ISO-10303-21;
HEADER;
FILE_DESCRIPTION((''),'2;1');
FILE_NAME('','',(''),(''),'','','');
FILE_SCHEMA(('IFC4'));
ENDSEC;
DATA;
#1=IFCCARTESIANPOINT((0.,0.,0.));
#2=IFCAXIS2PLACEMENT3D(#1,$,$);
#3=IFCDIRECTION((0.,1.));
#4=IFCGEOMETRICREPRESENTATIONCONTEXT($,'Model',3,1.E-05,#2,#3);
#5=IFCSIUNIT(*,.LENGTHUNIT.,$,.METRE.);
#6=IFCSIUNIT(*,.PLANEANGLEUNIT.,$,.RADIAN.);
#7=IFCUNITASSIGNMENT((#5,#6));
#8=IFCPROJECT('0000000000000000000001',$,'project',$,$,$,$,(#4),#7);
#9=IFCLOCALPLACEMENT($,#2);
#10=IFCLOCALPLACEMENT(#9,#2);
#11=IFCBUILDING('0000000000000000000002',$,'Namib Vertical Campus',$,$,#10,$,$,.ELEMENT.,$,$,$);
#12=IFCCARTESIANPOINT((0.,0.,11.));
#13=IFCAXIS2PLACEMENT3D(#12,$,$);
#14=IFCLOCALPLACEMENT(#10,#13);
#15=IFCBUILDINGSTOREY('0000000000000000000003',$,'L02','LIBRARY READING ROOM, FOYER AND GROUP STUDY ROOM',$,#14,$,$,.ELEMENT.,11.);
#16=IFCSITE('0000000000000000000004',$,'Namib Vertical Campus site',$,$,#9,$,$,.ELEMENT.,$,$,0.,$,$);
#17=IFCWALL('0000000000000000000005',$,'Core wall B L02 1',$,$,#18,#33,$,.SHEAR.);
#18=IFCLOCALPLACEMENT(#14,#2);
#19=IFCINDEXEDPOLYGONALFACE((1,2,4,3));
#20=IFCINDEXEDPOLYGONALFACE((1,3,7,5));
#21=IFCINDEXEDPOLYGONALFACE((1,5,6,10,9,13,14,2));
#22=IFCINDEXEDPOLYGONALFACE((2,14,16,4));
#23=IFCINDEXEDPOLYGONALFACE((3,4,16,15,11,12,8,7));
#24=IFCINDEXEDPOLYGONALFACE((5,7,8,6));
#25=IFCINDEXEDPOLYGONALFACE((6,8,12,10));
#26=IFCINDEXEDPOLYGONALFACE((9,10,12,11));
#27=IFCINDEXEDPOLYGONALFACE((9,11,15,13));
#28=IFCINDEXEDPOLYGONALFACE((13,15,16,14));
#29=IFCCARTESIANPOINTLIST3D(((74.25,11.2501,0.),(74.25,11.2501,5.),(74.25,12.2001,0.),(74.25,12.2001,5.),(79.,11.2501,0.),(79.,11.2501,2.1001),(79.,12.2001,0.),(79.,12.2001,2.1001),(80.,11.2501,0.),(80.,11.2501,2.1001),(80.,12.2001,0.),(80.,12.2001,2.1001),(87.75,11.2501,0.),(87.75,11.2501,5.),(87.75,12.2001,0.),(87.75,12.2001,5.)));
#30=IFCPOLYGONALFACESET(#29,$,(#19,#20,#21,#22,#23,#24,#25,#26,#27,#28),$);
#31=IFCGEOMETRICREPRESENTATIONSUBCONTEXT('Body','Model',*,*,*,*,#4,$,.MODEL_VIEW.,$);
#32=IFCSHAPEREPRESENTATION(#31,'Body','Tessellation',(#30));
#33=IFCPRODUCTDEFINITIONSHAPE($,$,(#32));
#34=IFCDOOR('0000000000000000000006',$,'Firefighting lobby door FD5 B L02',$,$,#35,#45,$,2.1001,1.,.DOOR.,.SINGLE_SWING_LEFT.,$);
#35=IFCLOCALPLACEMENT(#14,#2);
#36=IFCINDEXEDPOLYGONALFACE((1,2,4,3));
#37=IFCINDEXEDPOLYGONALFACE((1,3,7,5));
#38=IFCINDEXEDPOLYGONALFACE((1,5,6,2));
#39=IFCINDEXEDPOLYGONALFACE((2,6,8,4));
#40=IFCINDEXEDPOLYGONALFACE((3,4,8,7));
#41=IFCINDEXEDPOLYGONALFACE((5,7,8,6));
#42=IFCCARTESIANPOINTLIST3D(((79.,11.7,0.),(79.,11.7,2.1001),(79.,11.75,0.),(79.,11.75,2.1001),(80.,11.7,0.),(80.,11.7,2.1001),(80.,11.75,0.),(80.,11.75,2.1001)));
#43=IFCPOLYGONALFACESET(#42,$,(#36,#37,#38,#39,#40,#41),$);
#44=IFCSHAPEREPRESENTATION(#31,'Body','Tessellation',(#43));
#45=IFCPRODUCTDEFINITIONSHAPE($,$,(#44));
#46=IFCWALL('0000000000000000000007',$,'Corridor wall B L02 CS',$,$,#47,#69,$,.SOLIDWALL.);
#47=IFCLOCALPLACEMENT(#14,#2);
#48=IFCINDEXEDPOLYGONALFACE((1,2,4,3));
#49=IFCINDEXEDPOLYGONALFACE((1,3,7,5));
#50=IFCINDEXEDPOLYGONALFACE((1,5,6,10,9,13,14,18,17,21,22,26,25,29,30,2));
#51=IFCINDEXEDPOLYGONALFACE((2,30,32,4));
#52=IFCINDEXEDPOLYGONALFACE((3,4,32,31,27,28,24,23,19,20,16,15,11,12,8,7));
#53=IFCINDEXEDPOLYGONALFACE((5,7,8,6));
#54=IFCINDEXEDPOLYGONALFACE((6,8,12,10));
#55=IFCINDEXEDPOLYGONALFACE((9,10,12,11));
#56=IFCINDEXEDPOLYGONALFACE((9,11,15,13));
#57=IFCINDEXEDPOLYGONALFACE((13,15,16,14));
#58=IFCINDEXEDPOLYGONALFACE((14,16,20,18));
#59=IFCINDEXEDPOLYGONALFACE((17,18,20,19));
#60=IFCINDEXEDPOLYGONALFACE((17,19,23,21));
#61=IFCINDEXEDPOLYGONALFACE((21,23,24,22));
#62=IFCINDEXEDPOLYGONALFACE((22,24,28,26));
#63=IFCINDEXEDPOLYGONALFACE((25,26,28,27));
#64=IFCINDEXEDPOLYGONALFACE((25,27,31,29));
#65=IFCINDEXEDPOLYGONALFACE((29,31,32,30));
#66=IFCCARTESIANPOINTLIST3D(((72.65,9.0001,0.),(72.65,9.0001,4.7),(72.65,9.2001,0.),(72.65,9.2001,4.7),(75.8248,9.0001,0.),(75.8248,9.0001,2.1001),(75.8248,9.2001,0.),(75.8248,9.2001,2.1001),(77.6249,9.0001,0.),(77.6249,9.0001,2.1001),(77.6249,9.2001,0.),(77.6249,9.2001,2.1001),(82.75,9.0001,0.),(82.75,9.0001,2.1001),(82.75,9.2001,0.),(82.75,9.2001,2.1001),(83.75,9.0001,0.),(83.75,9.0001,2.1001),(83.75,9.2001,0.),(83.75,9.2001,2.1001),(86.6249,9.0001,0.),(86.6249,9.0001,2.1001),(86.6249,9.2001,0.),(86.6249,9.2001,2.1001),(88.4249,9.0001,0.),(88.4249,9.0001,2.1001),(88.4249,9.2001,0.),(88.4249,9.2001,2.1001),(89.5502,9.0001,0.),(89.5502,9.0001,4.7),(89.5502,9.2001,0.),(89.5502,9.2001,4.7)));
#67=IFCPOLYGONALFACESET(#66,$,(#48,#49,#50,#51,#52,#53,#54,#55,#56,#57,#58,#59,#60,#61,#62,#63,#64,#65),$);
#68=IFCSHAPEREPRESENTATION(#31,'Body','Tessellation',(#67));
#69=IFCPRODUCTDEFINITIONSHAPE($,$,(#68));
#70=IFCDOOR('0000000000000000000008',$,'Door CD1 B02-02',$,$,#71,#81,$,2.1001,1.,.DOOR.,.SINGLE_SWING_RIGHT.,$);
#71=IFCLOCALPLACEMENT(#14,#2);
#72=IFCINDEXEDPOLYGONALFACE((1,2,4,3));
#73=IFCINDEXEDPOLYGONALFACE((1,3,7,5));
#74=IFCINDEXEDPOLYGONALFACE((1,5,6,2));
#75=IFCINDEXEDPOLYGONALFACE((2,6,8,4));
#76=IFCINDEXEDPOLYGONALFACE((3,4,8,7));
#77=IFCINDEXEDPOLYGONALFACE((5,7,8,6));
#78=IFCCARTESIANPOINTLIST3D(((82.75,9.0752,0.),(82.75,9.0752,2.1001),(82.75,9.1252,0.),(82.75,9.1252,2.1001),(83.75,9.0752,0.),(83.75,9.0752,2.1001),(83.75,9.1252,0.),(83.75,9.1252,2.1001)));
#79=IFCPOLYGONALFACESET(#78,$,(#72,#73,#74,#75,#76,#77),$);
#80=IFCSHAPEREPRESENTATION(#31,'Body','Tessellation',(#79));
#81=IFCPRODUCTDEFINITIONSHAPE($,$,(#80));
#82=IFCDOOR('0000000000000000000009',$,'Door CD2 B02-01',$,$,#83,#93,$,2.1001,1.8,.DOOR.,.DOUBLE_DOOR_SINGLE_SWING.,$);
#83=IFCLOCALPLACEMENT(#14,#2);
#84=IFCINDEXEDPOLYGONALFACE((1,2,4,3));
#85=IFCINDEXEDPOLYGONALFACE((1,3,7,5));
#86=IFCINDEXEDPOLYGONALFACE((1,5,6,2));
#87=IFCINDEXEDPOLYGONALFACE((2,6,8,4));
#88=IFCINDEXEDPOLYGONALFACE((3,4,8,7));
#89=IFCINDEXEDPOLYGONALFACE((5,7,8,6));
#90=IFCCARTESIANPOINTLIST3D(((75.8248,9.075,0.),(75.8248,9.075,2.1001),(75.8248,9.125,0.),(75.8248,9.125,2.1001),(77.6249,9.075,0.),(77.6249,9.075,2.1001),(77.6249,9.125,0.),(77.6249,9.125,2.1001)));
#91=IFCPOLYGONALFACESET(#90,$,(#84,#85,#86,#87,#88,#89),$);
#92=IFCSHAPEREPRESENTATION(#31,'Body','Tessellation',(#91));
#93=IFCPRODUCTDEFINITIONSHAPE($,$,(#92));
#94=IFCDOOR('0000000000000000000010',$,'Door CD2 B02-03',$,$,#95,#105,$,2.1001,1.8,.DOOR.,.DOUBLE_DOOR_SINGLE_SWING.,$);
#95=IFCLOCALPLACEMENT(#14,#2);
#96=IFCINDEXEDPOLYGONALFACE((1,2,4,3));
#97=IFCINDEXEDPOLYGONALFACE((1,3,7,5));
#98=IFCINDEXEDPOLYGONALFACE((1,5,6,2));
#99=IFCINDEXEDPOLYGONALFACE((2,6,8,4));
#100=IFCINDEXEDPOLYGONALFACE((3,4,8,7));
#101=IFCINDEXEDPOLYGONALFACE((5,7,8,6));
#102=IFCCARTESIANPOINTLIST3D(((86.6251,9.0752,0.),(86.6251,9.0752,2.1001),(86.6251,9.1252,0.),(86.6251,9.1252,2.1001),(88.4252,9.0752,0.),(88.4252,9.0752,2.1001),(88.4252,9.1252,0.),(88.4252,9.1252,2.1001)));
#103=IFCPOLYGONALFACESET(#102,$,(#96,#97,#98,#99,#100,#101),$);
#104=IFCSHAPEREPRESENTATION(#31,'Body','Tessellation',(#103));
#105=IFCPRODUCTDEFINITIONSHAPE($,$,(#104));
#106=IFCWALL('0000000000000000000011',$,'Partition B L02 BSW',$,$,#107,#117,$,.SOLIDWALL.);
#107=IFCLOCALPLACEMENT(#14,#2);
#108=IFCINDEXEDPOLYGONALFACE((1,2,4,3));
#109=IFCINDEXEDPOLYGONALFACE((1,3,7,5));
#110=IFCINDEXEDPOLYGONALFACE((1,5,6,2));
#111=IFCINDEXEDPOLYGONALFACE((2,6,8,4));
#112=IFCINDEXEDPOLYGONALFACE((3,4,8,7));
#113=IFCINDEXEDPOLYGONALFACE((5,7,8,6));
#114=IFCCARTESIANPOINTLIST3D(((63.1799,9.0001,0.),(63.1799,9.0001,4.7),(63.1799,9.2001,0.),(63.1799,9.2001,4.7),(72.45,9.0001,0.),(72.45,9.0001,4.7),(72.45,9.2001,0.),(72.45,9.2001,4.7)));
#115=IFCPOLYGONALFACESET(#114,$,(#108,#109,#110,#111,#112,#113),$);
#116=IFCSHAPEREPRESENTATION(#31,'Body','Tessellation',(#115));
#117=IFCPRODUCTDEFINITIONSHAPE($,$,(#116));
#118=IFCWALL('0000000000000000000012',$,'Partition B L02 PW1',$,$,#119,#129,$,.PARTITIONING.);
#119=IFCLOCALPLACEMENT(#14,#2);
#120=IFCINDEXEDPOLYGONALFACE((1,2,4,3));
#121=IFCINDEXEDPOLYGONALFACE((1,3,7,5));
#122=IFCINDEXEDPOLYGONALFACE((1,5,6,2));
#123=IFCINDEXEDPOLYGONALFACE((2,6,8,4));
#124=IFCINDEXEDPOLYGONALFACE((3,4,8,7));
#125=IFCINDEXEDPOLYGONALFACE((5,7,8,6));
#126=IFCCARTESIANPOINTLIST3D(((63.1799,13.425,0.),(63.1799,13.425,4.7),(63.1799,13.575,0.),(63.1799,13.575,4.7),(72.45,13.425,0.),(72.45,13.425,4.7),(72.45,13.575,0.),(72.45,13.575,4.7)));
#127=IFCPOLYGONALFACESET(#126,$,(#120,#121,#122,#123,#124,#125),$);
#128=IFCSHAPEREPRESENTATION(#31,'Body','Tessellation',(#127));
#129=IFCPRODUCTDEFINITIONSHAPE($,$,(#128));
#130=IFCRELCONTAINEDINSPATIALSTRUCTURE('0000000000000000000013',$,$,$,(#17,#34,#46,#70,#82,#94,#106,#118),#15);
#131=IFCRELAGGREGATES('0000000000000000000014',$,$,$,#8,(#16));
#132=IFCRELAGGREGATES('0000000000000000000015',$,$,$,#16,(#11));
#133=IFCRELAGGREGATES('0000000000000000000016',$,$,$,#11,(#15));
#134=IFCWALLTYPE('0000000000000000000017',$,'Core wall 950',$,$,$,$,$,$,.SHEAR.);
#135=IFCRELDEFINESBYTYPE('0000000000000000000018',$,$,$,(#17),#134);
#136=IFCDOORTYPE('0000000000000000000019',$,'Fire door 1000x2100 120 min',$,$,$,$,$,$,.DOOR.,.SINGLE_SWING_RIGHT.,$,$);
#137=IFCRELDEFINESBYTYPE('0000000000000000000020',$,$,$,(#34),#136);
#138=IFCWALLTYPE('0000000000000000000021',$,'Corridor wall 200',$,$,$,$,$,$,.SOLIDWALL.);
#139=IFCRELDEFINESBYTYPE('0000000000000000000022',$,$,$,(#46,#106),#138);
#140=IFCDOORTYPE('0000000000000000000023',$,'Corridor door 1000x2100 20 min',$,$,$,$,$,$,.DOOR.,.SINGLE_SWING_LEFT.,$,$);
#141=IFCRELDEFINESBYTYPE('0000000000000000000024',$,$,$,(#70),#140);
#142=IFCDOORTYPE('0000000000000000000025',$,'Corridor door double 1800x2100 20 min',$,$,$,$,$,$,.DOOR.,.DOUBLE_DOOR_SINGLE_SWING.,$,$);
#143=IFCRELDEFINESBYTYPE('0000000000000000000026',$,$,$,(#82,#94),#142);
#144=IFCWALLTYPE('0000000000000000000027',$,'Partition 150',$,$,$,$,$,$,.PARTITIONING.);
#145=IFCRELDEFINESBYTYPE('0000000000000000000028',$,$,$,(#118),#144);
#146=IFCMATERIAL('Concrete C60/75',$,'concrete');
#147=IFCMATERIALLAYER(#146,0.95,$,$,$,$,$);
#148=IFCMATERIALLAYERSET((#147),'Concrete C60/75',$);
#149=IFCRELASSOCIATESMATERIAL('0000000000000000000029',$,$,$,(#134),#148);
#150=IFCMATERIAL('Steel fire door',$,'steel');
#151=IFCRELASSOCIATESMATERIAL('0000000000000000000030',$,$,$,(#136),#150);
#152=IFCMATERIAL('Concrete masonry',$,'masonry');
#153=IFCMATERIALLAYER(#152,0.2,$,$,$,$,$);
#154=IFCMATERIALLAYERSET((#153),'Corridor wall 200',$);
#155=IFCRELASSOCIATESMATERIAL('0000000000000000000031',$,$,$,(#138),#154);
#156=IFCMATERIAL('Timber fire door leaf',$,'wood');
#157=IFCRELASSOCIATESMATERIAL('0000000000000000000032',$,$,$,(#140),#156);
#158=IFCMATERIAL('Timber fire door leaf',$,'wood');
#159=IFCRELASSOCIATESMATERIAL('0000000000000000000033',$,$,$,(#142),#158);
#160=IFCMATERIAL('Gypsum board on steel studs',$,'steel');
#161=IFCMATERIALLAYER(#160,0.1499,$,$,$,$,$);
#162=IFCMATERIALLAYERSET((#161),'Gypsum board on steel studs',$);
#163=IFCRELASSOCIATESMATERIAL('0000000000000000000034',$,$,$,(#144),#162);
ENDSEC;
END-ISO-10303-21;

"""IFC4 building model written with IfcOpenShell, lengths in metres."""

from ifc_helpers import new_model, si_unit, direction, frame, frame_2d, origin, place, context, subcontext, project, spatial, rectangle, extrude, material, layer, layer_set, type_object, element, fill, save


model = new_model("IFC4")

# Units and contexts
model_context = context("Model", 3, precision=1e-05, world=origin(), true_north=direction((0.0, 1.0)))
body_context = subcontext(model_context, "Body", "Model", "MODEL_VIEW")
ifc_project = project(units=[si_unit("LENGTHUNIT", "METRE"), si_unit("PLANEANGLEUNIT", "RADIAN")], contexts=[model_context])

# Site, building, storey
site_placement = place(None, origin())
site = spatial("IfcSite", under=ifc_project, at=site_placement, Name="Namib Vertical Campus site", CompositionType="ELEMENT", RefElevation=0.0)
building_placement = place(site_placement, origin())
building = spatial("IfcBuilding", under=site, at=building_placement, Name="Namib Vertical Campus", CompositionType="ELEMENT")
storey_placement = place(building_placement, frame((0.0, 0.0, 11.0)))
storey = spatial("IfcBuildingStorey", under=building, at=storey_placement, Name="L02", Description="LIBRARY READING ROOM, FOYER AND GROUP STUDY ROOM", CompositionType="ELEMENT", Elevation=11.0)

# Wall, opening, door
ifc_material_1 = material(Name="Concrete C60/75", Category="concrete")
ifc_layer_1 = layer(ifc_material_1, 0.95)
ifc_layer_set_1 = layer_set([ifc_layer_1], Name="Concrete C60/75")
wall_type_1 = type_object("IfcWallType", Name="Core wall 950", PredefinedType="SHEAR", material=ifc_layer_set_1)
wall_1_placement = place(storey_placement, frame((74.25, 11.7251, 0.0), z_axis=(0.0, 0.0, 1.0), x_axis=(1.0, 0.0, 0.0)))
wall_1 = element("IfcWall", 1, at=wall_1_placement, inside=storey, type_object=wall_type_1, Name="Core wall B L02 1", PredefinedType="SHEAR", context=body_context, shape_type="SweptSolid", body=[
    extrude(rectangle(XDim=13.5, YDim=0.95, at=frame_2d((6.75, 0.0))), origin(), (0.0, 0.0, 1.0), 5.0),
])
opening_1_placement = place(wall_1_placement, frame((4.75, 0.0, 0.0)))
opening_1 = element("IfcOpeningElement", 2, at=opening_1_placement, cuts=wall_1, PredefinedType="OPENING", context=body_context, shape_type="SweptSolid", body=[
    extrude(rectangle(XDim=1.0, YDim=2.1001, at=frame_2d((0.5, 1.05))), frame((0.0, 0.4849, 0.0), z_axis=(0.0, -1.0, 0.0), x_axis=(1.0, 0.0, 0.0)), (0.0, 0.0, 1.0), 0.97),
])
ifc_material_2 = material(Name="Steel fire door", Category="steel")
door_type_1 = type_object("IfcDoorType", Name="Fire door 1000x2100 120 min", OperationType="SINGLE_SWING_RIGHT", PredefinedType="DOOR", material=ifc_material_2)
door_1_placement = place(opening_1_placement, origin())
door_1 = element("IfcDoor", 3, at=door_1_placement, inside=storey, type_object=door_type_1, Name="Firefighting lobby door FD5 B L02", OperationType="SINGLE_SWING_LEFT", OverallHeight=2.1001, OverallWidth=1.0, PredefinedType="DOOR", context=body_context, shape_type="SweptSolid", body=[
    extrude(rectangle(XDim=1.0, YDim=2.1001, at=frame_2d((0.5, 1.05))), frame((0.0, 0.0249, 0.0), z_axis=(0.0, -1.0, 0.0), x_axis=(1.0, 0.0, 0.0)), (0.0, 0.0, 1.0), 0.05),
])
fill(opening_1, door_1)

# Wall, openings, doors
ifc_material_3 = material(Name="Concrete masonry", Category="masonry")
ifc_layer_2 = layer(ifc_material_3, 0.2)
ifc_layer_set_2 = layer_set([ifc_layer_2], Name="Corridor wall 200")
wall_type_2 = type_object("IfcWallType", Name="Corridor wall 200", PredefinedType="SOLIDWALL", material=ifc_layer_set_2)
wall_2_placement = place(storey_placement, frame((72.6499, 9.1001, 0.0), z_axis=(0.0, 0.0, 1.0), x_axis=(1.0, 0.0, 0.0)))
wall_2 = element("IfcWall", 4, at=wall_2_placement, inside=storey, type_object=wall_type_2, Name="Corridor wall B L02 CS", PredefinedType="SOLIDWALL", context=body_context, shape_type="SweptSolid", body=[
    extrude(rectangle(XDim=16.9001, YDim=0.2, at=frame_2d((8.4502, 0.0))), origin(), (0.0, 0.0, 1.0), 4.7),
])
opening_2_placement = place(wall_2_placement, frame((3.175, 0.0, 0.0)))
opening_2 = element("IfcOpeningElement", 5, at=opening_2_placement, cuts=wall_2, PredefinedType="OPENING", context=body_context, shape_type="SweptSolid", body=[
    extrude(rectangle(XDim=1.8, YDim=2.1001, at=frame_2d((0.8999, 1.05))), frame((0.0, 0.1099, 0.0), z_axis=(0.0, -1.0, 0.0), x_axis=(1.0, 0.0, 0.0)), (0.0, 0.0, 1.0), 0.22),
])
opening_3_placement = place(wall_2_placement, frame((10.1001, 0.0, 0.0)))
opening_3 = element("IfcOpeningElement", 6, at=opening_3_placement, cuts=wall_2, PredefinedType="OPENING", context=body_context, shape_type="SweptSolid", body=[
    extrude(rectangle(XDim=1.0, YDim=2.1001, at=frame_2d((0.5, 1.05))), frame((0.0, 0.1099, 0.0), z_axis=(0.0, -1.0, 0.0), x_axis=(1.0, 0.0, 0.0)), (0.0, 0.0, 1.0), 0.22),
])
opening_4_placement = place(wall_2_placement, frame((13.9751, 0.0, 0.0)))
opening_4 = element("IfcOpeningElement", 7, at=opening_4_placement, cuts=wall_2, PredefinedType="OPENING", context=body_context, shape_type="SweptSolid", body=[
    extrude(rectangle(XDim=1.8, YDim=2.1001, at=frame_2d((0.8999, 1.05))), frame((0.0, 0.1099, 0.0), z_axis=(0.0, -1.0, 0.0), x_axis=(1.0, 0.0, 0.0)), (0.0, 0.0, 1.0), 0.22),
])
ifc_material_4 = material(Name="Timber fire door leaf", Category="wood")
door_type_2 = type_object("IfcDoorType", Name="Corridor door 1000x2100 20 min", OperationType="SINGLE_SWING_LEFT", PredefinedType="DOOR", material=ifc_material_4)
door_2_placement = place(opening_3_placement, frame((1.0, 0.0, 0.0), z_axis=(0.0, 0.0, 1.0), x_axis=(-1.0, 0.0, 0.0)))
door_2 = element("IfcDoor", 8, at=door_2_placement, inside=storey, type_object=door_type_2, Name="Door CD1 B02-02", OperationType="SINGLE_SWING_RIGHT", OverallHeight=2.1001, OverallWidth=1.0, PredefinedType="DOOR", context=body_context, shape_type="SweptSolid", body=[
    extrude(rectangle(XDim=1.0, YDim=2.1001, at=frame_2d((0.5, 1.05))), frame((0.0, 0.0249, 0.0), z_axis=(0.0, -1.0, 0.0), x_axis=(1.0, 0.0, 0.0)), (0.0, 0.0, 1.0), 0.05),
])
fill(opening_3, door_2)
ifc_material_5 = material(Name="Timber fire door leaf", Category="wood")
door_type_3 = type_object("IfcDoorType", Name="Corridor door double 1800x2100 20 min", OperationType="DOUBLE_DOOR_SINGLE_SWING", PredefinedType="DOOR", material=ifc_material_5)
door_3_placement = place(opening_2_placement, origin())
door_3 = element("IfcDoor", 9, at=door_3_placement, inside=storey, type_object=door_type_3, Name="Door CD2 B02-01", OperationType="DOUBLE_DOOR_SINGLE_SWING", OverallHeight=2.1001, OverallWidth=1.8, PredefinedType="DOOR", context=body_context, shape_type="SweptSolid", body=[
    extrude(rectangle(XDim=1.8, YDim=2.1001, at=frame_2d((0.8999, 1.05))), frame((0.0, 0.0249, 0.0), z_axis=(0.0, -1.0, 0.0), x_axis=(1.0, 0.0, 0.0)), (0.0, 0.0, 1.0), 0.05),
])
fill(opening_2, door_3)
door_4_placement = place(opening_4_placement, frame((1.8, 0.0, 0.0), z_axis=(0.0, 0.0, 1.0), x_axis=(-1.0, 0.0, 0.0)))
door_4 = element("IfcDoor", 10, at=door_4_placement, inside=storey, type_object=door_type_3, Name="Door CD2 B02-03", OperationType="DOUBLE_DOOR_SINGLE_SWING", OverallHeight=2.1001, OverallWidth=1.8, PredefinedType="DOOR", context=body_context, shape_type="SweptSolid", body=[
    extrude(rectangle(XDim=1.8, YDim=2.1001, at=frame_2d((0.8999, 1.05))), frame((0.0, 0.0249, 0.0), z_axis=(0.0, -1.0, 0.0), x_axis=(1.0, 0.0, 0.0)), (0.0, 0.0, 1.0), 0.05),
])
fill(opening_4, door_4)

# Walls
wall_3_placement = place(storey_placement, frame((63.1799, 9.1001, 0.0), z_axis=(0.0, 0.0, 1.0), x_axis=(1.0, 0.0, 0.0)))
element("IfcWall", 11, at=wall_3_placement, inside=storey, type_object=wall_type_2, Name="Partition B L02 BSW", PredefinedType="SOLIDWALL", context=body_context, shape_type="SweptSolid", body=[
    extrude(rectangle(XDim=9.27, YDim=0.2, at=frame_2d((4.635, 0.0))), origin(), (0.0, 0.0, 1.0), 4.7),
])
ifc_material_6 = material(Name="Gypsum board on steel studs", Category="steel")
ifc_layer_3 = layer(ifc_material_6, 0.1499)
ifc_layer_set_3 = layer_set([ifc_layer_3], Name="Gypsum board on steel studs")
wall_type_3 = type_object("IfcWallType", Name="Partition 150", PredefinedType="PARTITIONING", material=ifc_layer_set_3)
wall_4_placement = place(storey_placement, frame((63.1799, 13.5, 0.0), z_axis=(0.0, 0.0, 1.0), x_axis=(1.0, 0.0, 0.0)))
element("IfcWall", 12, at=wall_4_placement, inside=storey, type_object=wall_type_3, Name="Partition B L02 PW1", PredefinedType="PARTITIONING", context=body_context, shape_type="SweptSolid", body=[
    extrude(rectangle(XDim=9.27, YDim=0.1499, at=frame_2d((4.635, 0.0))), origin(), (0.0, 0.0, 1.0), 4.7),
])

save(model, "model.ifc")
